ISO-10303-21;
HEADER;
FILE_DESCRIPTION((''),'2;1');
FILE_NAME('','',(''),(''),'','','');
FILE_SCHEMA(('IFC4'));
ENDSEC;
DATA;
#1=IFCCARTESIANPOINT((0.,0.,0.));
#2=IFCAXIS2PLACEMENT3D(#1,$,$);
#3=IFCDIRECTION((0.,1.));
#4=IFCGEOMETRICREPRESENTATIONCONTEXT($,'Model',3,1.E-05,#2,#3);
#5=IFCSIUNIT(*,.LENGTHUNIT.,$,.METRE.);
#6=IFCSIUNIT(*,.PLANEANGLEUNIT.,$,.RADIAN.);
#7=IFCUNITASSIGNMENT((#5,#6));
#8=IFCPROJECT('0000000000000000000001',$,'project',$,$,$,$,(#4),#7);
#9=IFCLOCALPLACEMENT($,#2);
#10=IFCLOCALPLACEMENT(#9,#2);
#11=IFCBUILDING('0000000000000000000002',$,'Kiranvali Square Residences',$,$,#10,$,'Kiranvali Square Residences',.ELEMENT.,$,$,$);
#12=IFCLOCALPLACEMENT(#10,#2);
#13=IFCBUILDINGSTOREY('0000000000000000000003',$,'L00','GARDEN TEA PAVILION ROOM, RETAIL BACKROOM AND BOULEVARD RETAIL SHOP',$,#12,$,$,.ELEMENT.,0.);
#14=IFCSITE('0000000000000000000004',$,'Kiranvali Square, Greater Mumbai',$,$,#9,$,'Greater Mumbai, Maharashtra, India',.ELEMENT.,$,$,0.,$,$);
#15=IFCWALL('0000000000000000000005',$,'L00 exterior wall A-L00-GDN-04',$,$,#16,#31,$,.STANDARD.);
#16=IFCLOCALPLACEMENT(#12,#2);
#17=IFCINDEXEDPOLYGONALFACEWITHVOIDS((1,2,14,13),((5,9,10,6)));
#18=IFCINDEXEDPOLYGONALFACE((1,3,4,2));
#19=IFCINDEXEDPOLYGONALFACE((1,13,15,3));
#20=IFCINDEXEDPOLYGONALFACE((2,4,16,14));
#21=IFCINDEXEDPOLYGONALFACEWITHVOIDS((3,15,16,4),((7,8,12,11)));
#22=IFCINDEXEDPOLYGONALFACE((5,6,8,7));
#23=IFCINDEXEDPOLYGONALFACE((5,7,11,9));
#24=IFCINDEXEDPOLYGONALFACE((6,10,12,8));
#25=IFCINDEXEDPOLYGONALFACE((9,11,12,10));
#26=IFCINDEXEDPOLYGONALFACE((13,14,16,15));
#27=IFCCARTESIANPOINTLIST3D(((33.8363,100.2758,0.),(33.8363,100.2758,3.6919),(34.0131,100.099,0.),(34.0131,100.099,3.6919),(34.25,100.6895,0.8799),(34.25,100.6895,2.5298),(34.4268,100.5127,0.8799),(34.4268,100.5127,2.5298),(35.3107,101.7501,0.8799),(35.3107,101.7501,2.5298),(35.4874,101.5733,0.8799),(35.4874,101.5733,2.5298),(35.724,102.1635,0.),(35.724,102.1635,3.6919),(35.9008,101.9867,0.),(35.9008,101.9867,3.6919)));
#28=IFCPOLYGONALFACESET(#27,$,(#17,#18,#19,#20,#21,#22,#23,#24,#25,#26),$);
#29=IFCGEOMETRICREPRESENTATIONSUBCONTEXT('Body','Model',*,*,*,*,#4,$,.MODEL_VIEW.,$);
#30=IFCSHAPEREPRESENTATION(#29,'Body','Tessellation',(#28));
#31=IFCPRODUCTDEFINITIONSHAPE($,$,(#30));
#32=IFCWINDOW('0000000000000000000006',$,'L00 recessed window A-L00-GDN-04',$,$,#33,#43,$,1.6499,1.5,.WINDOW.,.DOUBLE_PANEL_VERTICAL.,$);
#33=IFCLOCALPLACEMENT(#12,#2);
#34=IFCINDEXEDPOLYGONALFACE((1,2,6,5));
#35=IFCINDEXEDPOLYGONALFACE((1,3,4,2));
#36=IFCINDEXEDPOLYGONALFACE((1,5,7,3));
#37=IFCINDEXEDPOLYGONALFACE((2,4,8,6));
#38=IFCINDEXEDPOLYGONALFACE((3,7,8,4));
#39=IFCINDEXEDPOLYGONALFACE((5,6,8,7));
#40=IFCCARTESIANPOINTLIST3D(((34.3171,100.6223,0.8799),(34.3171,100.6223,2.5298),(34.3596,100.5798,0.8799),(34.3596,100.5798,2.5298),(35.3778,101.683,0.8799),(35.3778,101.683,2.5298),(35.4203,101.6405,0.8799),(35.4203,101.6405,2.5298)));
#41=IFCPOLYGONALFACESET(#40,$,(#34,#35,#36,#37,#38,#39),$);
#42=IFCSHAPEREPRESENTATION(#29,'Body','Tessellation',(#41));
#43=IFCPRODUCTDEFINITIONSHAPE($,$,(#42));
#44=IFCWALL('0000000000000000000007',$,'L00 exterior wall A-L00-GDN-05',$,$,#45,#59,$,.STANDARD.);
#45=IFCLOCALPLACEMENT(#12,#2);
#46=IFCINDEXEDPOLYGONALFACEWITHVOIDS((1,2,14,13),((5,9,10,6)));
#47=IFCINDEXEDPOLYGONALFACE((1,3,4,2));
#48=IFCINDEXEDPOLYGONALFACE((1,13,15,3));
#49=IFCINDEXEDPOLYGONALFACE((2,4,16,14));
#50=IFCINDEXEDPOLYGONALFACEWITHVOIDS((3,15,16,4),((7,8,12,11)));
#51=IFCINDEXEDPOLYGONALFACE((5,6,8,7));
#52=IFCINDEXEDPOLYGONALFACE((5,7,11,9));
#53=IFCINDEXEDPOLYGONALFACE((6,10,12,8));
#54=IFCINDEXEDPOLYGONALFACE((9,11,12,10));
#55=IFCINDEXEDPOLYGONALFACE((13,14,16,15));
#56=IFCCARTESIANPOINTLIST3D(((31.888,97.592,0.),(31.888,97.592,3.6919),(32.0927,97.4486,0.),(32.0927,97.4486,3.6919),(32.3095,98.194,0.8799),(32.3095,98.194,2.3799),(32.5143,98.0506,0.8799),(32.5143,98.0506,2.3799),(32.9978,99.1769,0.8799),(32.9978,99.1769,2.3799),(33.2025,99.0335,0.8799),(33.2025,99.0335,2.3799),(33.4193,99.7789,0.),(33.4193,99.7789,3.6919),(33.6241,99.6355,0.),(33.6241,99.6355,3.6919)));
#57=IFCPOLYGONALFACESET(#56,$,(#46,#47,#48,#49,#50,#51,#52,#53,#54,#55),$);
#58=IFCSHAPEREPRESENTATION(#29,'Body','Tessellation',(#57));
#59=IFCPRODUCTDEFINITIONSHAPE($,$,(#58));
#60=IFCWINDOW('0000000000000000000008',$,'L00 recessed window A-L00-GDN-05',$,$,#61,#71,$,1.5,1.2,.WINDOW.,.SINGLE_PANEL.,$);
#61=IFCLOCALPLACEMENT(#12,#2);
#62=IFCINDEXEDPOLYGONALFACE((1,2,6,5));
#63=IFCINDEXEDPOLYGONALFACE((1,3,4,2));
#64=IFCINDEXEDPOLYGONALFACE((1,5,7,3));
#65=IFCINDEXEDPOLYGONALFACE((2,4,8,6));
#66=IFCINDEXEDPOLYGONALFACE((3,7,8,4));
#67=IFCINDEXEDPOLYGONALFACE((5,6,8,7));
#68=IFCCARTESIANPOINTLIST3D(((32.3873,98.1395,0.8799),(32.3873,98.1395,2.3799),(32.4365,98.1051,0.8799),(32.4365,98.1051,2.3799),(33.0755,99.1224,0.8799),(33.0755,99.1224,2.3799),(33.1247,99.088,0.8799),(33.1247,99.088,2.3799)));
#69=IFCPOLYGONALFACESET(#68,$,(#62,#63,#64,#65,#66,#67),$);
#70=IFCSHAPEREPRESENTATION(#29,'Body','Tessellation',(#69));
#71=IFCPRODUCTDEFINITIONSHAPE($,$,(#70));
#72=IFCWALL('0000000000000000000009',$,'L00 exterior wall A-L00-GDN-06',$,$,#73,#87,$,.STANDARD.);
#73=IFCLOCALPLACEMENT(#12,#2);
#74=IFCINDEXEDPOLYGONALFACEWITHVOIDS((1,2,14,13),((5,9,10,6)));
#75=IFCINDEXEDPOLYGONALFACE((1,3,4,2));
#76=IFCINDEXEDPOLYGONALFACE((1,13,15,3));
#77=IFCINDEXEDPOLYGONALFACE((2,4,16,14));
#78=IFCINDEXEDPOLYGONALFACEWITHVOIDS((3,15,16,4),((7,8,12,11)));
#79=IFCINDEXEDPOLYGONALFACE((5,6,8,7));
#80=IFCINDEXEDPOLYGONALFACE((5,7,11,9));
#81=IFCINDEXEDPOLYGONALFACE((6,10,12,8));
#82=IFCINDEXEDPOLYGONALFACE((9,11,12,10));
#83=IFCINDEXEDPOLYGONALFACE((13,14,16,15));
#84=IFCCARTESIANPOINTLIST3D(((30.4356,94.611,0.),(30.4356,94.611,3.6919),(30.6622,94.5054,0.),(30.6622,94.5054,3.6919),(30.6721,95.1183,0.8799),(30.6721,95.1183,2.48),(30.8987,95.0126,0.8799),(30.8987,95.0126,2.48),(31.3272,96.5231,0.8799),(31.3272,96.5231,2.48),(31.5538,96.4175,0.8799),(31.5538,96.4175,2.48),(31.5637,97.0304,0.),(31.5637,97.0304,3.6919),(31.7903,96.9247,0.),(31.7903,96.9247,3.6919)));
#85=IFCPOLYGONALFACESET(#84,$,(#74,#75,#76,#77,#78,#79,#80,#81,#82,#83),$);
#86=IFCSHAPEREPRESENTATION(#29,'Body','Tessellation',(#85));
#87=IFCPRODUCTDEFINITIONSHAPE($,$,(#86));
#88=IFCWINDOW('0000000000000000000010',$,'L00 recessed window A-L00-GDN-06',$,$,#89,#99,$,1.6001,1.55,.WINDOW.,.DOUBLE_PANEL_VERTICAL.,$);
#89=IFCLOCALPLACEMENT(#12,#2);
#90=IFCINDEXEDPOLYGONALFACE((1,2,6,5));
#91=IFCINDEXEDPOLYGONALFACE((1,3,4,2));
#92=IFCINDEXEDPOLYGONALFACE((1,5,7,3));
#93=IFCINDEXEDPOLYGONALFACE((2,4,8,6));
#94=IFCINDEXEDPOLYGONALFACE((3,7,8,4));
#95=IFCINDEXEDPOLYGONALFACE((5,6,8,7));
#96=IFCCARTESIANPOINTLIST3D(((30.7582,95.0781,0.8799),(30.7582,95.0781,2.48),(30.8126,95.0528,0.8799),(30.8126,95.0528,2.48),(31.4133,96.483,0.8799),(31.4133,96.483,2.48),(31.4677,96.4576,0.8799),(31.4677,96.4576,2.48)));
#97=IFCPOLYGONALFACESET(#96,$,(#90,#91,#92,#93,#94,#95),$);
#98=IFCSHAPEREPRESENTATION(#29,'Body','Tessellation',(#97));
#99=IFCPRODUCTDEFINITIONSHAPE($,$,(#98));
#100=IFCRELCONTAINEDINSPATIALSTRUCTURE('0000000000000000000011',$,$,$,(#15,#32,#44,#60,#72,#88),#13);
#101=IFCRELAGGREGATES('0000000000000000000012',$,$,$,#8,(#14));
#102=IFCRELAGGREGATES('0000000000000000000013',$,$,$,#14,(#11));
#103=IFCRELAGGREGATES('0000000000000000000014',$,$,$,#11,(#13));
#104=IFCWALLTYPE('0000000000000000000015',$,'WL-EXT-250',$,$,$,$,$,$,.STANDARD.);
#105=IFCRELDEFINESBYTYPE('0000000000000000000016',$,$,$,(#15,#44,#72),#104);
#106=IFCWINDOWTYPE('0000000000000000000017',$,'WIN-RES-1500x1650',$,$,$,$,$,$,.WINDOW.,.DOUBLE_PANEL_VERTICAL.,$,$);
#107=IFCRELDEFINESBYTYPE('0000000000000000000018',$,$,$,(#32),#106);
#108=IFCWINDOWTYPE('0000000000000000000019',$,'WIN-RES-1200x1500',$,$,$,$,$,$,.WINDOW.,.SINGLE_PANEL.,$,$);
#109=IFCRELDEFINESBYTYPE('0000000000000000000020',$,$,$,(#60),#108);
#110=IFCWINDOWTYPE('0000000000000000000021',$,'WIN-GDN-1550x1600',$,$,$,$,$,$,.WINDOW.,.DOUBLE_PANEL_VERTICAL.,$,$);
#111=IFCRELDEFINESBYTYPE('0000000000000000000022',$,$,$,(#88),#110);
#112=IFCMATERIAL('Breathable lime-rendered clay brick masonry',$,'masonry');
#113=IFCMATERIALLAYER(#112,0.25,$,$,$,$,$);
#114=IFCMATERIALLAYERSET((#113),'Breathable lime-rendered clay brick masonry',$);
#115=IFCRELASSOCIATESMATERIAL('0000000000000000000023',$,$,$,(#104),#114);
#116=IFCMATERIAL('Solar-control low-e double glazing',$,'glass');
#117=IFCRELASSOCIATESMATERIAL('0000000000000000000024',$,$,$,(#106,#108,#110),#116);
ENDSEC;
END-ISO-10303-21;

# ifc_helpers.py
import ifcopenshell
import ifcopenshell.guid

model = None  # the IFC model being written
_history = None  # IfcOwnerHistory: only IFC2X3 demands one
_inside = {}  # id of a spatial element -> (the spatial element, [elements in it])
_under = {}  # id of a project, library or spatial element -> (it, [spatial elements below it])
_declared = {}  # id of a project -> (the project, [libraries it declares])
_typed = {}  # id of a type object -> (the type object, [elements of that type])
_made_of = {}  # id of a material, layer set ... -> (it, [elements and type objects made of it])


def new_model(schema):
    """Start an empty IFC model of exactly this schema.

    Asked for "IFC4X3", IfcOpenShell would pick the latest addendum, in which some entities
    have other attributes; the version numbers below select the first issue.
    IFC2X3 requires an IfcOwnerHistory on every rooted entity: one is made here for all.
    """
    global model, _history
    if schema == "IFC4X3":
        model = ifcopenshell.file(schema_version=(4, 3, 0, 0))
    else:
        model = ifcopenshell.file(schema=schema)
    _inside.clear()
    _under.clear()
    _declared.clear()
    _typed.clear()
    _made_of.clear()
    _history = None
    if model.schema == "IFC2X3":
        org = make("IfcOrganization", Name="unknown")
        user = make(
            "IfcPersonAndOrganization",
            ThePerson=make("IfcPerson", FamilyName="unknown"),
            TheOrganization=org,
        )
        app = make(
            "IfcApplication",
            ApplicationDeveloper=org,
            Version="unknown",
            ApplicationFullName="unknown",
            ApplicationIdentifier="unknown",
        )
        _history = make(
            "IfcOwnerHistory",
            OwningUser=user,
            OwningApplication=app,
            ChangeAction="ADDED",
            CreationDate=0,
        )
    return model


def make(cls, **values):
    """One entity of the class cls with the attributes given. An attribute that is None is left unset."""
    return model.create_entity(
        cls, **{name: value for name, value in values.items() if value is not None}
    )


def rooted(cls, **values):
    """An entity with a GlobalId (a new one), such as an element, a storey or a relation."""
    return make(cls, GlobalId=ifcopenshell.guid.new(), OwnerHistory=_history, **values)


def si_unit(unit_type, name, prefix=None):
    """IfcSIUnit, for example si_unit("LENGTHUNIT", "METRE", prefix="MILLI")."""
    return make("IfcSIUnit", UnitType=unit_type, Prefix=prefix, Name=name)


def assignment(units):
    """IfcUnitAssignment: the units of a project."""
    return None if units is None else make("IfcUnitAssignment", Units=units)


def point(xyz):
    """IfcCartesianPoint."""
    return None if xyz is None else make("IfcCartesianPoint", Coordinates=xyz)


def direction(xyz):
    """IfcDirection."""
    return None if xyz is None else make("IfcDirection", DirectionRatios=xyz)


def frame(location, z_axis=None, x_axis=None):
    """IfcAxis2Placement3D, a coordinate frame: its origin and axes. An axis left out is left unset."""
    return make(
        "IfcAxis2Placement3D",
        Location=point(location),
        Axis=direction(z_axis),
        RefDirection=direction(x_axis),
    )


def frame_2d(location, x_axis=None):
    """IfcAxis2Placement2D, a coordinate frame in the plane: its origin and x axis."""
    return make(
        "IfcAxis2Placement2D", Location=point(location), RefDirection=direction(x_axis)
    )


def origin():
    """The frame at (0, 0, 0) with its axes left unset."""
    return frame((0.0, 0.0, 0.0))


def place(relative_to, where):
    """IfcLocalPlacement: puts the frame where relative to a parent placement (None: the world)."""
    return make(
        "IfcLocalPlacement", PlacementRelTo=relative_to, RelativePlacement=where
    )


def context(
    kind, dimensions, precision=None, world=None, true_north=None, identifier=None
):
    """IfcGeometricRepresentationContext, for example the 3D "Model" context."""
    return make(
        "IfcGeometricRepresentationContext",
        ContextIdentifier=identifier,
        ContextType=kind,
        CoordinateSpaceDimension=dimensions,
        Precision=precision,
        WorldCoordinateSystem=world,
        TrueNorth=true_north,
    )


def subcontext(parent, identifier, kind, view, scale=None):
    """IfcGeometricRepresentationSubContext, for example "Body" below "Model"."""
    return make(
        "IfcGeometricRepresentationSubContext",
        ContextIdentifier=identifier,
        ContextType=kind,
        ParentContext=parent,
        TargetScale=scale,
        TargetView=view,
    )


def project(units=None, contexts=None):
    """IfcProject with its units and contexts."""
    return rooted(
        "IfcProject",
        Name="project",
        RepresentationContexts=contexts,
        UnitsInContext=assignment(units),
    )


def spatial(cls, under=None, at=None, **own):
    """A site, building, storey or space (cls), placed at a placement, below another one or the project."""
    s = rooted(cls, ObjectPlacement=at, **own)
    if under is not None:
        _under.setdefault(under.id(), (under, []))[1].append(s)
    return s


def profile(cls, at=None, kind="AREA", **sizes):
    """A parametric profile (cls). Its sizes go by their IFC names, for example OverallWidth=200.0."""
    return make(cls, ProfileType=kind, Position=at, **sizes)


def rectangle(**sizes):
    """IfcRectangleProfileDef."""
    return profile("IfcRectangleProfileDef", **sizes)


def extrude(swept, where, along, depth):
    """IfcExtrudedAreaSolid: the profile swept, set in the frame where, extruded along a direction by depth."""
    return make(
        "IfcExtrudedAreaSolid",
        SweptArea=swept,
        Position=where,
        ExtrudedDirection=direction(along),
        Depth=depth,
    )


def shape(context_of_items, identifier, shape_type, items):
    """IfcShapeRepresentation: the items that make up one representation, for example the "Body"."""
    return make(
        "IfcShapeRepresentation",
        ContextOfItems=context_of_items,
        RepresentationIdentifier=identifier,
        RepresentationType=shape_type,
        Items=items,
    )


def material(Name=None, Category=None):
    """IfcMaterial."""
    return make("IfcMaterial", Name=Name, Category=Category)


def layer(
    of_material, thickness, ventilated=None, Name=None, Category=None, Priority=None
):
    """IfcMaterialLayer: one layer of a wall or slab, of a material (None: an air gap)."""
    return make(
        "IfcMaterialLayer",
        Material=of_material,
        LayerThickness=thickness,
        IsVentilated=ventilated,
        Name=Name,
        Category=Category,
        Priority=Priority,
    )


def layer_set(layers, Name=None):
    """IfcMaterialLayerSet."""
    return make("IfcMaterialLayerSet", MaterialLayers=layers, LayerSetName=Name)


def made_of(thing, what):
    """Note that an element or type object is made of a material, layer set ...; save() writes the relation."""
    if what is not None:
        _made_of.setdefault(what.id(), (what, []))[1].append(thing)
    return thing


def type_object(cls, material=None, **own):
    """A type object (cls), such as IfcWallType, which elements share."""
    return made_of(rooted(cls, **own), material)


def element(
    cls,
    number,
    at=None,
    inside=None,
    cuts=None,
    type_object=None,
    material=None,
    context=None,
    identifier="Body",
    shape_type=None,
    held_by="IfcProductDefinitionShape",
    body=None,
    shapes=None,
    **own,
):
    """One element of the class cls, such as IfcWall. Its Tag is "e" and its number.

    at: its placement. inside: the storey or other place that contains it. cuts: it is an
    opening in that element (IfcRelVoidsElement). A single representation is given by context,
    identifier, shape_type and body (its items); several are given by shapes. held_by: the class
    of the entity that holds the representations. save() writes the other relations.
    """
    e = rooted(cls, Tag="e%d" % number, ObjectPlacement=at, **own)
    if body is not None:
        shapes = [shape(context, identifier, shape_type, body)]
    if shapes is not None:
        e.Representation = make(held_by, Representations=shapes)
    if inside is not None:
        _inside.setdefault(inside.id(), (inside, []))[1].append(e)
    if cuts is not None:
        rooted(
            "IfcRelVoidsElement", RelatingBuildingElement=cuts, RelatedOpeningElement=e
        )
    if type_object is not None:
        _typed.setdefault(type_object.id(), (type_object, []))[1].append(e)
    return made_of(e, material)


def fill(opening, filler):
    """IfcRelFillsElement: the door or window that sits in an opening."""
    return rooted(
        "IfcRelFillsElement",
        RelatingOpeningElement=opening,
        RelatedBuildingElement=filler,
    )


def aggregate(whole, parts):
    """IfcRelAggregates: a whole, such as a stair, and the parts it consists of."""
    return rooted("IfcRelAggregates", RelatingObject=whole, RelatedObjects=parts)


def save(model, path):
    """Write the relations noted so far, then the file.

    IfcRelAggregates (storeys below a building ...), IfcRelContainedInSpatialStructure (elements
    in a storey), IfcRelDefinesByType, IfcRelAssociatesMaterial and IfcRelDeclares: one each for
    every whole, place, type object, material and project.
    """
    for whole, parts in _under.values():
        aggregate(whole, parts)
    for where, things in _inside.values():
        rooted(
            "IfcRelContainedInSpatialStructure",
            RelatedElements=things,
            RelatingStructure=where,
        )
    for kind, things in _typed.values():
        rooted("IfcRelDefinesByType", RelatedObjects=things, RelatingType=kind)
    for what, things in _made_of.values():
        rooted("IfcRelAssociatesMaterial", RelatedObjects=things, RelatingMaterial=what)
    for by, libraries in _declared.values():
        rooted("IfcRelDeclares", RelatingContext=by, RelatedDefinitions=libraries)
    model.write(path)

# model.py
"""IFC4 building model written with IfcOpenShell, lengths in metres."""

from ifc_helpers import new_model, si_unit, direction, frame, frame_2d, origin, place, context, subcontext, project, spatial, rectangle, extrude, material, layer, layer_set, type_object, element, fill, save


model = new_model("IFC4")

# Units and contexts
model_context = context("Model", 3, precision=1e-05, world=origin(), true_north=direction((0.0, 1.0)))
body_context = subcontext(model_context, "Body", "Model", "MODEL_VIEW")
ifc_project = project(units=[si_unit("LENGTHUNIT", "METRE"), si_unit("PLANEANGLEUNIT", "RADIAN")], contexts=[model_context])

# Site, building, storey
site_placement = place(None, origin())
site = spatial("IfcSite", under=ifc_project, at=site_placement, Name="Kiranvali Square, Greater Mumbai", LongName="Greater Mumbai, Maharashtra, India", CompositionType="ELEMENT", RefElevation=0.0)
building_placement = place(site_placement, origin())
building = spatial("IfcBuilding", under=site, at=building_placement, Name="Kiranvali Square Residences", LongName="Kiranvali Square Residences", CompositionType="ELEMENT")
storey_placement = place(building_placement, origin())
storey = spatial("IfcBuildingStorey", under=building, at=storey_placement, Name="L00", Description="GARDEN TEA PAVILION ROOM, RETAIL BACKROOM AND BOULEVARD RETAIL SHOP", CompositionType="ELEMENT", Elevation=0.0)

# Walls, openings, windows
ifc_material_1 = material(Name="Breathable lime-rendered clay brick masonry", Category="masonry")
ifc_layer_1 = layer(ifc_material_1, 0.25)
ifc_layer_set_1 = layer_set([ifc_layer_1], Name="Breathable lime-rendered clay brick masonry")
wall_type_1 = type_object("IfcWallType", Name="WL-EXT-250", PredefinedType="STANDARD", material=ifc_layer_set_1)
wall_1_placement = place(storey_placement, frame((35.8125, 102.0752, 0.0), z_axis=(0.0, 0.0, 1.0), x_axis=(-0.707107, -0.707107, 0.0)))
wall_1 = element("IfcWall", 1, at=wall_1_placement, inside=storey, type_object=wall_type_1, Name="L00 exterior wall A-L00-GDN-04", PredefinedType="STANDARD", context=body_context, shape_type="SweptSolid", body=[
    extrude(rectangle(XDim=2.6697, YDim=0.25, at=frame_2d((1.335, 0.0))), origin(), (0.0, 0.0, 1.0), 3.6919),
])
opening_1_placement = place(wall_1_placement, frame((0.5847, 0.0, 0.8799)))
opening_1 = element("IfcOpeningElement", 2, at=opening_1_placement, cuts=wall_1, PredefinedType="OPENING", context=body_context, shape_type="SweptSolid", body=[
    extrude(rectangle(XDim=1.5, YDim=1.6499, at=frame_2d((0.75, 0.825))), frame((0.0, 0.135, 0.0), z_axis=(0.0, -1.0, 0.0), x_axis=(1.0, 0.0, 0.0)), (0.0, 0.0, 1.0), 0.27),
])
ifc_material_2 = material(Name="Solar-control low-e double glazing", Category="glass")
window_type_1 = type_object("IfcWindowType", Name="WIN-RES-1500x1650", PartitioningType="DOUBLE_PANEL_VERTICAL", PredefinedType="WINDOW", material=ifc_material_2)
window_1_placement = place(opening_1_placement, origin())
window_1 = element("IfcWindow", 3, at=window_1_placement, inside=storey, type_object=window_type_1, Name="L00 recessed window A-L00-GDN-04", OverallHeight=1.6499, OverallWidth=1.5, PartitioningType="DOUBLE_PANEL_VERTICAL", PredefinedType="WINDOW", context=body_context, shape_type="SweptSolid", body=[
    extrude(rectangle(XDim=1.5, YDim=1.6499, at=frame_2d((0.75, 0.825))), frame((0.0, 0.03, 0.0), z_axis=(0.0, -1.0, 0.0), x_axis=(1.0, 0.0, 0.0)), (0.0, 0.0, 1.0), 0.0601),
])
fill(opening_1, window_1)
wall_2_placement = place(storey_placement, frame((33.5217, 99.7073, 0.0), z_axis=(0.0, 0.0, 1.0), x_axis=(-0.573591, -0.819142, 0.0)))
wall_2 = element("IfcWall", 4, at=wall_2_placement, inside=storey, type_object=wall_type_1, Name="L00 exterior wall A-L00-GDN-05", PredefinedType="STANDARD", context=body_context, shape_type="SweptSolid", body=[
    extrude(rectangle(XDim=2.6697, YDim=0.25, at=frame_2d((1.335, 0.0))), origin(), (0.0, 0.0, 1.0), 3.6919),
])
opening_2_placement = place(wall_2_placement, frame((0.7349, 0.0, 0.8799)))
opening_2 = element("IfcOpeningElement", 5, at=opening_2_placement, cuts=wall_2, PredefinedType="OPENING", context=body_context, shape_type="SweptSolid", body=[
    extrude(rectangle(XDim=1.2, YDim=1.5, at=frame_2d((0.6001, 0.75))), frame((0.0, 0.135, 0.0), z_axis=(0.0, -1.0, 0.0), x_axis=(1.0, 0.0, 0.0)), (0.0, 0.0, 1.0), 0.27),
])
window_type_2 = type_object("IfcWindowType", Name="WIN-RES-1200x1500", PartitioningType="SINGLE_PANEL", PredefinedType="WINDOW", material=ifc_material_2)
window_2_placement = place(opening_2_placement, origin())
window_2 = element("IfcWindow", 6, at=window_2_placement, inside=storey, type_object=window_type_2, Name="L00 recessed window A-L00-GDN-05", OverallHeight=1.5, OverallWidth=1.2, PartitioningType="SINGLE_PANEL", PredefinedType="WINDOW", context=body_context, shape_type="SweptSolid", body=[
    extrude(rectangle(XDim=1.2, YDim=1.5, at=frame_2d((0.6001, 0.75))), frame((0.0, 0.03, 0.0), z_axis=(0.0, -1.0, 0.0), x_axis=(1.0, 0.0, 0.0)), (0.0, 0.0, 1.0), 0.0601),
])
fill(opening_2, window_2)
wall_3_placement = place(storey_placement, frame((31.677, 96.9775, 0.0), z_axis=(0.0, 0.0, 1.0), x_axis=(-0.42261, -0.906312, 0.0)))
wall_3 = element("IfcWall", 7, at=wall_3_placement, inside=storey, type_object=wall_type_1, Name="L00 exterior wall A-L00-GDN-06", PredefinedType="STANDARD", context=body_context, shape_type="SweptSolid", body=[
    extrude(rectangle(XDim=2.6694, YDim=0.25, at=frame_2d((1.3347, 0.0))), origin(), (0.0, 0.0, 1.0), 3.6919),
])
opening_3_placement = place(wall_3_placement, frame((0.5598, 0.0, 0.8799)))
opening_3 = element("IfcOpeningElement", 8, at=opening_3_placement, cuts=wall_3, PredefinedType="OPENING", context=body_context, shape_type="SweptSolid", body=[
    extrude(rectangle(XDim=1.55, YDim=1.6001, at=frame_2d((0.7749, 0.8))), frame((0.0, 0.135, 0.0), z_axis=(0.0, -1.0, 0.0), x_axis=(1.0, 0.0, 0.0)), (0.0, 0.0, 1.0), 0.27),
])
window_type_3 = type_object("IfcWindowType", Name="WIN-GDN-1550x1600", PartitioningType="DOUBLE_PANEL_VERTICAL", PredefinedType="WINDOW", material=ifc_material_2)
window_3_placement = place(opening_3_placement, origin())
window_3 = element("IfcWindow", 9, at=window_3_placement, inside=storey, type_object=window_type_3, Name="L00 recessed window A-L00-GDN-06", OverallHeight=1.6001, OverallWidth=1.55, PartitioningType="DOUBLE_PANEL_VERTICAL", PredefinedType="WINDOW", context=body_context, shape_type="SweptSolid", body=[
    extrude(rectangle(XDim=1.55, YDim=1.6001, at=frame_2d((0.7749, 0.8))), frame((0.0, 0.03, 0.0), z_axis=(0.0, -1.0, 0.0), x_axis=(1.0, 0.0, 0.0)), (0.0, 0.0, 1.0), 0.0601),
])
fill(opening_3, window_3)

save(model, "model.ifc")
